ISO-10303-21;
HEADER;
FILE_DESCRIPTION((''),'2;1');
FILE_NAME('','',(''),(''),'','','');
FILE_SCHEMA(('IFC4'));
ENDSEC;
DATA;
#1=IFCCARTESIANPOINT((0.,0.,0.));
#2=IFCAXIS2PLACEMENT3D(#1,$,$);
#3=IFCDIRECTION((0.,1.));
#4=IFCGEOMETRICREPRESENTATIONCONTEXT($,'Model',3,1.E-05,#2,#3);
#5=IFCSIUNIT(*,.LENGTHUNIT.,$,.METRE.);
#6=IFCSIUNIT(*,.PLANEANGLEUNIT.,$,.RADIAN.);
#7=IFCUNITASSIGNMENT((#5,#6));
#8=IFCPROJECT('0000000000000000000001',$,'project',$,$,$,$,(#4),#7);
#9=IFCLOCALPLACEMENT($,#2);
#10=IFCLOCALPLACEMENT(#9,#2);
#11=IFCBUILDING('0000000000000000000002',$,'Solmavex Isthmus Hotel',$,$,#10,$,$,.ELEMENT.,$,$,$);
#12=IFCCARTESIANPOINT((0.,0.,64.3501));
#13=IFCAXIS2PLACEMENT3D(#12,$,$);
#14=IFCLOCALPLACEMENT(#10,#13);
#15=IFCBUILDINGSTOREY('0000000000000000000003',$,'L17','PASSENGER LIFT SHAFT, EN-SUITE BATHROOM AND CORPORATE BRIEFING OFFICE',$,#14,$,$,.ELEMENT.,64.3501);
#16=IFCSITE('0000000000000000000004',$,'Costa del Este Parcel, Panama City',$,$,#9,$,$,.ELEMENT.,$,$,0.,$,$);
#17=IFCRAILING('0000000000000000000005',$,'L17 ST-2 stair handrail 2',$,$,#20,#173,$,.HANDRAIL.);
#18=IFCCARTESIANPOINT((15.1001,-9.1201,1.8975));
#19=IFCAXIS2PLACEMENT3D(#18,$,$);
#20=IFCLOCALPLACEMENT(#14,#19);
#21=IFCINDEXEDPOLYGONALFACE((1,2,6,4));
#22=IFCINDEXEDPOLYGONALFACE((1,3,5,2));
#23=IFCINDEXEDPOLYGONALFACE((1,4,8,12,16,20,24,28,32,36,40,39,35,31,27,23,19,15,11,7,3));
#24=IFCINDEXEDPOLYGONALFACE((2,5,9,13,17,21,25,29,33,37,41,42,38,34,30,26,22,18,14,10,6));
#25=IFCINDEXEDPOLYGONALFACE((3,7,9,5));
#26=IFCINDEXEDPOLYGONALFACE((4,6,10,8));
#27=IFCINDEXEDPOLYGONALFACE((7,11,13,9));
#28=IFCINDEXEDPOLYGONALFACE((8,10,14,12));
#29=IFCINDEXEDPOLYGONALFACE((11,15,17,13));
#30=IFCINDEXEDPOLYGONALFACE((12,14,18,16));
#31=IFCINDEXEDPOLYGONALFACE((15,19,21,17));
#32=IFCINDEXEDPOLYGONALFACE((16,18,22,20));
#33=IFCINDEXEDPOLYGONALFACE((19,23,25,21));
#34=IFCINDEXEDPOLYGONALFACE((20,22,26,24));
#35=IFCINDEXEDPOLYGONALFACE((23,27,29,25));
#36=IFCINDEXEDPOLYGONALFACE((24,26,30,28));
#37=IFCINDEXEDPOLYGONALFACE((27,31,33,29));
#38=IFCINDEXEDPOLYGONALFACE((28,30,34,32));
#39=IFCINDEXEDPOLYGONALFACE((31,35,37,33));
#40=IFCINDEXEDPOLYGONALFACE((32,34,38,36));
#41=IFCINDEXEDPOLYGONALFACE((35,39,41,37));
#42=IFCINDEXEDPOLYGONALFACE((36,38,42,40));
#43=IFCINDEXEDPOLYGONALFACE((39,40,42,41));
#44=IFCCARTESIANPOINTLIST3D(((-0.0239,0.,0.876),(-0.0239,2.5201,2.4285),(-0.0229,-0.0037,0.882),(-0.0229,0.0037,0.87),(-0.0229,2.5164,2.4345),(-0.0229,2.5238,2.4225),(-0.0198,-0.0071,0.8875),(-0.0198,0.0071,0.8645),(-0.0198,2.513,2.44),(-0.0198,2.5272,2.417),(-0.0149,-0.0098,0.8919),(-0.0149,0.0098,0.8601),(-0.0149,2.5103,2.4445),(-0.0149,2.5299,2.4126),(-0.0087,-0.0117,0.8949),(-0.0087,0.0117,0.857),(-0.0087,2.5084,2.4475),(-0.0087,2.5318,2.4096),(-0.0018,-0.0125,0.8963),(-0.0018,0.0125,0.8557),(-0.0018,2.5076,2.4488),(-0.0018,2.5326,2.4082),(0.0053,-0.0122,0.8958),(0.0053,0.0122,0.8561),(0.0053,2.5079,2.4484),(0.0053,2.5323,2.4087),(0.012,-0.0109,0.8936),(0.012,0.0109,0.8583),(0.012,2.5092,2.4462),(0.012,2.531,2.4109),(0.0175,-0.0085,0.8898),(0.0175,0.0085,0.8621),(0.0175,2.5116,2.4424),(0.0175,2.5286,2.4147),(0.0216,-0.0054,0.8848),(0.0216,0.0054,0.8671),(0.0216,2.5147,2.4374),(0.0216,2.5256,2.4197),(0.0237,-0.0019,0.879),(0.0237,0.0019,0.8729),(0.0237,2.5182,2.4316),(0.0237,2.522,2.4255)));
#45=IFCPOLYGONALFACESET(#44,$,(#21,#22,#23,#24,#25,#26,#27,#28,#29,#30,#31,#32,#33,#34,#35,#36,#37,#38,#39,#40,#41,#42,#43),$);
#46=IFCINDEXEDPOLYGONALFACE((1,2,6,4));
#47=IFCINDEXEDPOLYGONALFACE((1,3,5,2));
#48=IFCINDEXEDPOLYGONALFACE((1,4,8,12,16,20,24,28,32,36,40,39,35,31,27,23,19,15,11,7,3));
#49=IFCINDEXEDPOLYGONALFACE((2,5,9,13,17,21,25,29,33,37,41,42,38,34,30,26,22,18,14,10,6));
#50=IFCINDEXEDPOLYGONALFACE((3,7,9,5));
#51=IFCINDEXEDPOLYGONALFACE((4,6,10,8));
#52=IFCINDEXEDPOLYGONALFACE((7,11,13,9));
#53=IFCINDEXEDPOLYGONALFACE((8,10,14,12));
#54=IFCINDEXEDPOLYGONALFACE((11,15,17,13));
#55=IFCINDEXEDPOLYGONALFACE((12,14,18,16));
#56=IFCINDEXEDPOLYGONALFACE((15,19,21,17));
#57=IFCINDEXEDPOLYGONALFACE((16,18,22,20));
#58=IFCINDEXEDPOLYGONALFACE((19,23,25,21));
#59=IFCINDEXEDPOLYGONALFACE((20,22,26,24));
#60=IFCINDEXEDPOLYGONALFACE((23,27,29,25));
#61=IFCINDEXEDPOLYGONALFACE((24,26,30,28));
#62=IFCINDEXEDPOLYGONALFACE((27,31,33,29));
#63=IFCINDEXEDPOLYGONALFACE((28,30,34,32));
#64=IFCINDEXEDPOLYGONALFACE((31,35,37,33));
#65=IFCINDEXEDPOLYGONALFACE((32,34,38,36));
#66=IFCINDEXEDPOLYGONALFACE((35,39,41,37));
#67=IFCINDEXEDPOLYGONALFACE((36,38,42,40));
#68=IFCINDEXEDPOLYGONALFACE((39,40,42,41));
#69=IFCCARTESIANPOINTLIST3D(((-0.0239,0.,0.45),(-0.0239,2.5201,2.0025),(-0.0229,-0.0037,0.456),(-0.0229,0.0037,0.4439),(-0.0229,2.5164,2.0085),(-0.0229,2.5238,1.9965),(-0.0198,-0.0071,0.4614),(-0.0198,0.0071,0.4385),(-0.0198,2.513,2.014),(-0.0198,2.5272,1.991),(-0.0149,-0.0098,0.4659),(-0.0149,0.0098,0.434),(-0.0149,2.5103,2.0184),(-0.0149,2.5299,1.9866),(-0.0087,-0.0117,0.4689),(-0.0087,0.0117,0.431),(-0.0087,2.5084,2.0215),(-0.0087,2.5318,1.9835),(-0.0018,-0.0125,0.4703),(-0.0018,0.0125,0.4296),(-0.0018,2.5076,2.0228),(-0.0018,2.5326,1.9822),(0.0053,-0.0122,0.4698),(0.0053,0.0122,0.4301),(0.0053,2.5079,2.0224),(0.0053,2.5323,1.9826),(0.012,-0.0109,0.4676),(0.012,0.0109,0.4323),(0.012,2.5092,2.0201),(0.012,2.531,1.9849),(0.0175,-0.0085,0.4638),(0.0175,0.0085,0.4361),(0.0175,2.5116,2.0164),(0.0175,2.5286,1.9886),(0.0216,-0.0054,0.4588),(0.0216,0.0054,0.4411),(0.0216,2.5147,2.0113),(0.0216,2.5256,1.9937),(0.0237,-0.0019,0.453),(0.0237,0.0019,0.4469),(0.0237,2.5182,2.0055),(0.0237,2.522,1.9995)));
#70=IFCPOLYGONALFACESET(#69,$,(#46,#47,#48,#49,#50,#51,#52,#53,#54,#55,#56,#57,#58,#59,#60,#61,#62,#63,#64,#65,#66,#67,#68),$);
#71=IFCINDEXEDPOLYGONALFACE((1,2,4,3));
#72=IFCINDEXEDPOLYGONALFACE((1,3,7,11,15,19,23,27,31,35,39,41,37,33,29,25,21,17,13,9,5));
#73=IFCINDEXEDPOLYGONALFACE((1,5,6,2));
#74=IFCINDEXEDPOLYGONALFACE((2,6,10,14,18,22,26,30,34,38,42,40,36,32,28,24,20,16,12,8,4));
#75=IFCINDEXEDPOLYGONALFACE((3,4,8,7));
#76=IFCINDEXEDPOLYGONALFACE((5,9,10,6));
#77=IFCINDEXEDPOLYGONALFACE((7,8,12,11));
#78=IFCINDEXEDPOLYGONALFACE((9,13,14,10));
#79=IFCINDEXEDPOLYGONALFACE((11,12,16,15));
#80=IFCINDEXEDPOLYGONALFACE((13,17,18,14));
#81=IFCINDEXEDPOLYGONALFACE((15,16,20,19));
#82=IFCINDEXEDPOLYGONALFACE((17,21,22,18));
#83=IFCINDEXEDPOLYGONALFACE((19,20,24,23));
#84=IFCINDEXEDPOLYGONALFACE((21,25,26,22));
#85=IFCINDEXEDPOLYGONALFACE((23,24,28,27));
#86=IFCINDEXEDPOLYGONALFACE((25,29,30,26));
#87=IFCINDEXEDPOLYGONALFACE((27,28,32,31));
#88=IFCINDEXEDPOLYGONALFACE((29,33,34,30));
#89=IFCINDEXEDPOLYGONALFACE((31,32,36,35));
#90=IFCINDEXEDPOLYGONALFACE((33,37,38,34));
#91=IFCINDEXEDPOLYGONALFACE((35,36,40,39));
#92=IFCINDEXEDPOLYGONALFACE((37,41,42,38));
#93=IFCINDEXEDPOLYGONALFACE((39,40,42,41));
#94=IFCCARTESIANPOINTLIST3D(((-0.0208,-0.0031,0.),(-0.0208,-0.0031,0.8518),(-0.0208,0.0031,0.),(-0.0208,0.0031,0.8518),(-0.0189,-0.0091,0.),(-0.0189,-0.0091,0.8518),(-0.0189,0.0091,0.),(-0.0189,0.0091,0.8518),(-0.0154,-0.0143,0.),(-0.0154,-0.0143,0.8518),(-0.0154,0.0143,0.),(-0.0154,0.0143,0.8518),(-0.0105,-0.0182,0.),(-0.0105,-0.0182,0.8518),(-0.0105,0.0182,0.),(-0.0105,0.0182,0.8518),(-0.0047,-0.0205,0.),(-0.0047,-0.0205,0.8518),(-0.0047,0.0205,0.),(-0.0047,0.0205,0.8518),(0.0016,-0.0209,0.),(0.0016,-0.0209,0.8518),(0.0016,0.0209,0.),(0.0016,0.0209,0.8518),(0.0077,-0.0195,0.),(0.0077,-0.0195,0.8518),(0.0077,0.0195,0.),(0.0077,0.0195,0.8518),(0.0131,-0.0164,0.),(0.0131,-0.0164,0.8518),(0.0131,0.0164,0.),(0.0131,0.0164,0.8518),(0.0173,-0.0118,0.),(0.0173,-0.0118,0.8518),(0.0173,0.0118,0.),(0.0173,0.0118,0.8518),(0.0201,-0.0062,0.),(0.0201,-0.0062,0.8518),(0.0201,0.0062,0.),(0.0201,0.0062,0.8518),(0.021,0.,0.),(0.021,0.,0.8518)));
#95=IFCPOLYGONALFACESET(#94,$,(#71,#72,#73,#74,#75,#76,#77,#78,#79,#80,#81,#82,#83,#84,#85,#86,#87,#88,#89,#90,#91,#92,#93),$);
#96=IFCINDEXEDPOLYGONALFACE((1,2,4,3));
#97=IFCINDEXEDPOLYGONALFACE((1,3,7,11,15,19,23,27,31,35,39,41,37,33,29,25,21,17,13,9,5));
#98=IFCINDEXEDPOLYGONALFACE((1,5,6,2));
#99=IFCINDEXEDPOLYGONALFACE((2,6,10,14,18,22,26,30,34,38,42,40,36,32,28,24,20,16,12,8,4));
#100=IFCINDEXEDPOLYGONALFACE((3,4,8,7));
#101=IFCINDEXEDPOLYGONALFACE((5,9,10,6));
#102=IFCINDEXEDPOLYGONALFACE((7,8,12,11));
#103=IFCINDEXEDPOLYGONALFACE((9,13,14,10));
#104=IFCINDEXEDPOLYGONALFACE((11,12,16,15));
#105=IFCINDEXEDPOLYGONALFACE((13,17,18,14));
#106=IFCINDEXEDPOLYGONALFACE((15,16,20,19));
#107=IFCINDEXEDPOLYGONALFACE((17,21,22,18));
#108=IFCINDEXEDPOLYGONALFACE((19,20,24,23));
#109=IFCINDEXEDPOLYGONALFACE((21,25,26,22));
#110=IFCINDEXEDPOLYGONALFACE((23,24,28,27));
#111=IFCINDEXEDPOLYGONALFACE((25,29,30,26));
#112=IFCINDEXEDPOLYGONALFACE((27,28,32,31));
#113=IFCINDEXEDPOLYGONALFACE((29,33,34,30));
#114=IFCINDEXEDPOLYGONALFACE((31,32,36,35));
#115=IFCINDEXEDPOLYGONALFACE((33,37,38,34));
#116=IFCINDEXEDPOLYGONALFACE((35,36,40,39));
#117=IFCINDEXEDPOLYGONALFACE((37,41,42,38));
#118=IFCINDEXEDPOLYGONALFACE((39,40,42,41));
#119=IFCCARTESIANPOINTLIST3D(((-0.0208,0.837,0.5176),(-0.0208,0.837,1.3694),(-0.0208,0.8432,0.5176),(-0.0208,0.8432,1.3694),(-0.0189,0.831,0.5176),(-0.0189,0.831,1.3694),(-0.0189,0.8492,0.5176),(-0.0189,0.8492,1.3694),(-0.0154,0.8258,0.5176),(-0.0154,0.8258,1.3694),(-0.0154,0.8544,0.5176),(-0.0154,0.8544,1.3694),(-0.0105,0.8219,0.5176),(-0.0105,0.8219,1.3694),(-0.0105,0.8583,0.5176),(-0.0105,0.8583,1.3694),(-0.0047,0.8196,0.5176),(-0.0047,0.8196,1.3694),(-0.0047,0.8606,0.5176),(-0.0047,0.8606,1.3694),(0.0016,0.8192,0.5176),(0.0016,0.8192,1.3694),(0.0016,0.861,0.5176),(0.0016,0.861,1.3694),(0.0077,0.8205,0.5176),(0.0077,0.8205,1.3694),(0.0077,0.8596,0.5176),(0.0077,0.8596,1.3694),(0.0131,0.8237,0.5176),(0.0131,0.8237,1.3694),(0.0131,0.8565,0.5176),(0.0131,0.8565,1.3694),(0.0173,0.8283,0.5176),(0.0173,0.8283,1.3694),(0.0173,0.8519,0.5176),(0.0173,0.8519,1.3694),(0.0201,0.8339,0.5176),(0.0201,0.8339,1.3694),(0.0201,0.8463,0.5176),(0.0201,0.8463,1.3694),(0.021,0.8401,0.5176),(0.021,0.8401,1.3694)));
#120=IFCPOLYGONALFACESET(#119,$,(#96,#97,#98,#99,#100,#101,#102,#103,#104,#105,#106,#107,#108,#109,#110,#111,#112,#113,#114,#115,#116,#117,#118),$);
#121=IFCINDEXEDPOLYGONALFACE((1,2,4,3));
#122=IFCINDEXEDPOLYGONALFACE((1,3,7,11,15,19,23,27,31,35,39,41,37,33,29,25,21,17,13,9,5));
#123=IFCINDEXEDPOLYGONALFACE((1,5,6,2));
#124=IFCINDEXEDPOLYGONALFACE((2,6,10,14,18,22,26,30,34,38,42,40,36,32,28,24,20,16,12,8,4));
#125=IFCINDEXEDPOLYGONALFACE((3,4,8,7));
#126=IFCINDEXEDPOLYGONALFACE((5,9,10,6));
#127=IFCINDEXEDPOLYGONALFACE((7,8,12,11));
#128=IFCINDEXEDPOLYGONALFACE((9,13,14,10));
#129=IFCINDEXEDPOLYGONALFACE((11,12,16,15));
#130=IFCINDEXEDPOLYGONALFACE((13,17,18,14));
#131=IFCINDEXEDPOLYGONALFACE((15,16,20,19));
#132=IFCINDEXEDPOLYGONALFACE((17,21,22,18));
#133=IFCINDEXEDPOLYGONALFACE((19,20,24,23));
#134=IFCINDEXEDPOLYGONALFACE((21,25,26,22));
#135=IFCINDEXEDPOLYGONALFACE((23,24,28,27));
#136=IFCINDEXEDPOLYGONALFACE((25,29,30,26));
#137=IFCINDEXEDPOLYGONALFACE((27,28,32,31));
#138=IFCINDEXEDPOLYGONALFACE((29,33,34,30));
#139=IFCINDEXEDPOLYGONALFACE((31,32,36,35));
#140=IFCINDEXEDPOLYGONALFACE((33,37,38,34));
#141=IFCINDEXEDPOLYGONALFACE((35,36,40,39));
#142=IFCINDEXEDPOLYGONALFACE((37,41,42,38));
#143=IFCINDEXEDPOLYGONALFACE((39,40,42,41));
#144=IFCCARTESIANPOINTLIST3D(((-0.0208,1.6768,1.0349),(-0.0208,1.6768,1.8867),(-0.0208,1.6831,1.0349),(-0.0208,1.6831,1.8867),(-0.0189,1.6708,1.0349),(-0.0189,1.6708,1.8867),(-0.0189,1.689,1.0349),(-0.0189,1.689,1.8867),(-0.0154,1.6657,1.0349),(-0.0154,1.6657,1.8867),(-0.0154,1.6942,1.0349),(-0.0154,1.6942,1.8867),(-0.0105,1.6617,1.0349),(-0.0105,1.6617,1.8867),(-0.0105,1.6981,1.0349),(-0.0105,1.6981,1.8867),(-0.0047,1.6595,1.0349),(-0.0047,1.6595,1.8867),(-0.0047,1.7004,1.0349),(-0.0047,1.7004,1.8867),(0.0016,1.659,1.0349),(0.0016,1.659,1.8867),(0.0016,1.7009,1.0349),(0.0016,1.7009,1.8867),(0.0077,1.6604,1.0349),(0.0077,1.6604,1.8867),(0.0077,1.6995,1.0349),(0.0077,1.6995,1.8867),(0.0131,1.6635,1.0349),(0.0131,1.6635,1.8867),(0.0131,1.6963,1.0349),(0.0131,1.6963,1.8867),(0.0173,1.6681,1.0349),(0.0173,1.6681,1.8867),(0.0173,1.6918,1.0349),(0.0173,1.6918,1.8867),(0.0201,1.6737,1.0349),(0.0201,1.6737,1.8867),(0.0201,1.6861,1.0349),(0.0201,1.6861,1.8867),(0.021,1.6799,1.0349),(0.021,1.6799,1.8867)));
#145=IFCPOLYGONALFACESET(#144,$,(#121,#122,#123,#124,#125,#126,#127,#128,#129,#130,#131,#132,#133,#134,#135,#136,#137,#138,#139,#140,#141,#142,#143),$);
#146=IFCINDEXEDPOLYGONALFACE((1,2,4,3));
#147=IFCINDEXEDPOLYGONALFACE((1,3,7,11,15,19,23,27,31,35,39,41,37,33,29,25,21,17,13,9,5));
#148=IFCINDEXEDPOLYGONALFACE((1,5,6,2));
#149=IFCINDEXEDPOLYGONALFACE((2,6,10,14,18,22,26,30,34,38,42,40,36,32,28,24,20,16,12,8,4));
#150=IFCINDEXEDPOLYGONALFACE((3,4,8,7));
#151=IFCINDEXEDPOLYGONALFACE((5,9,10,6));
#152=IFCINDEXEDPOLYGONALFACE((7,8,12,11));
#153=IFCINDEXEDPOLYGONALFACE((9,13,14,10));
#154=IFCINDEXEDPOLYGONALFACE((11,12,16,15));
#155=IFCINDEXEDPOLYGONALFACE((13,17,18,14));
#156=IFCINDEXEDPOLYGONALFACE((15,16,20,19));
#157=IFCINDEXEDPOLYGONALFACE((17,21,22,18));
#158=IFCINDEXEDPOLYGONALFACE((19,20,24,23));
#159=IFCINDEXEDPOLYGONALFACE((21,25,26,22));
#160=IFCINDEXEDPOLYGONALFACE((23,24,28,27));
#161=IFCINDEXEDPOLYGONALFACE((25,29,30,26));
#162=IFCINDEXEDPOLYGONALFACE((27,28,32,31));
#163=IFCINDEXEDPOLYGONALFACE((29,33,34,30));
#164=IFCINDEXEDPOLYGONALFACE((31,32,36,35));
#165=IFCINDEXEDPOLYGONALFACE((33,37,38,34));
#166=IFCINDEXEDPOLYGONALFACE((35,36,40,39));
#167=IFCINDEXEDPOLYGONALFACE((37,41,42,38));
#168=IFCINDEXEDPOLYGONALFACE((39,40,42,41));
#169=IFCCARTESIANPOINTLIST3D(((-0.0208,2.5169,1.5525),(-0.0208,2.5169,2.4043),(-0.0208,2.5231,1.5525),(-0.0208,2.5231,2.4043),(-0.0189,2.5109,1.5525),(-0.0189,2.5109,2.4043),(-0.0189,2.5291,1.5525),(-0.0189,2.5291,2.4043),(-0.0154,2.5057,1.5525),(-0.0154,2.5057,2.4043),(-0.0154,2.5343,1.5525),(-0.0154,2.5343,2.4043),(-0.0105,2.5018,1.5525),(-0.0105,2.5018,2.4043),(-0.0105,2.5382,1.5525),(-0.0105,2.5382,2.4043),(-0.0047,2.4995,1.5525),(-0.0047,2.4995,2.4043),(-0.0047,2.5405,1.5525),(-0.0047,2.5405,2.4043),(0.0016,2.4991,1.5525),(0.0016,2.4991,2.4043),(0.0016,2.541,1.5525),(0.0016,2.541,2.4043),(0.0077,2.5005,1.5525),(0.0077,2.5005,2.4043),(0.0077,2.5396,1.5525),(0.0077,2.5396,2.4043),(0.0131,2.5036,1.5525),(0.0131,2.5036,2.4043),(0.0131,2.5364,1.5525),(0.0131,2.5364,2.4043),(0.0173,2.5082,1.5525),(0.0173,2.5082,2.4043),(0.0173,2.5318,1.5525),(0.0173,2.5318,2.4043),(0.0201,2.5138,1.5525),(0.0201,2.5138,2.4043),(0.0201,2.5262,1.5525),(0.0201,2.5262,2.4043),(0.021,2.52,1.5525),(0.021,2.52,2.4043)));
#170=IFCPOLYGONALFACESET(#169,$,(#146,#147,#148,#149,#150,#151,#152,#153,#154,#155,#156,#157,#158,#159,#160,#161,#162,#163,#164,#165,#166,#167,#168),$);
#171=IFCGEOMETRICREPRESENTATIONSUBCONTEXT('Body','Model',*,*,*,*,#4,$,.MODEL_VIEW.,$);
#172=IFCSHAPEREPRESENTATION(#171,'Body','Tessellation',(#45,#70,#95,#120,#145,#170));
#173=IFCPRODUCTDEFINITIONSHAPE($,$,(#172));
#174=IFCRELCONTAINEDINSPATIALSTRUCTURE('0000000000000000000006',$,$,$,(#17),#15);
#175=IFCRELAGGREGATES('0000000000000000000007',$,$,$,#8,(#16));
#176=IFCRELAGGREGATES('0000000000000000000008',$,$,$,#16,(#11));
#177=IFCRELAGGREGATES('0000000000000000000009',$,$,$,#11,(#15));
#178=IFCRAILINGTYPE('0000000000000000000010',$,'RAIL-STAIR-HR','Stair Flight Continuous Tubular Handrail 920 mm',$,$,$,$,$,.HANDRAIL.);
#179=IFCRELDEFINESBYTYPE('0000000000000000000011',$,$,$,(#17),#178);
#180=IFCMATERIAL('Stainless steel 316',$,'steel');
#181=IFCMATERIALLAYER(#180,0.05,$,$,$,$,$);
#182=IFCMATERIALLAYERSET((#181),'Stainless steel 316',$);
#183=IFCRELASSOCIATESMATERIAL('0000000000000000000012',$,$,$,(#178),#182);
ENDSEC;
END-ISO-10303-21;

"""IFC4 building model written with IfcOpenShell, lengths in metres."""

from ifc_helpers import new_model, si_unit, direction, frame, origin, origin_2d, place, context, subcontext, project, spatial, circle, extrude, material, layer, layer_set, type_object, element, save


model = new_model("IFC4")

# Units and contexts
model_context = context("Model", 3, precision=1e-05, world=origin(), true_north=direction((0.0, 1.0)))
body_context = subcontext(model_context, "Body", "Model", "MODEL_VIEW")
ifc_project = project(units=[si_unit("LENGTHUNIT", "METRE"), si_unit("PLANEANGLEUNIT", "RADIAN")], contexts=[model_context])

# Site, building, storey
site_placement = place(None, origin())
site = spatial("IfcSite", under=ifc_project, at=site_placement, Name="Costa del Este Parcel, Panama City", CompositionType="ELEMENT", RefElevation=0.0)
building_placement = place(site_placement, origin())
building = spatial("IfcBuilding", under=site, at=building_placement, Name="Solmavex Isthmus Hotel", CompositionType="ELEMENT")
storey_placement = place(building_placement, frame((0.0, 0.0, 64.3501)))
storey = spatial("IfcBuildingStorey", under=building, at=storey_placement, Name="L17", Description="PASSENGER LIFT SHAFT, EN-SUITE BATHROOM AND CORPORATE BRIEFING OFFICE", CompositionType="ELEMENT", Elevation=64.3501)

# Railing
ifc_material_1 = material(Name="Stainless steel 316", Category="steel")
ifc_layer_1 = layer(ifc_material_1, 0.05)
ifc_layer_set_1 = layer_set([ifc_layer_1], Name="Stainless steel 316")
railing_type_1 = type_object("IfcRailingType", Name="RAIL-STAIR-HR", Description="Stair Flight Continuous Tubular Handrail 920 mm", PredefinedType="HANDRAIL", material=ifc_layer_set_1)
railing_1_placement = place(storey_placement, frame((15.1001, -9.1201, 1.8975)))
element("IfcRailing", 1, at=railing_1_placement, inside=storey, type_object=railing_type_1, Name="L17 ST-2 stair handrail 2", PredefinedType="HANDRAIL", context=body_context, shape_type="SweptSolid", body=[
    extrude(circle(Radius=0.0239, at=origin_2d()), frame((0.0, 0.0, 0.876), z_axis=(0.0, 0.8514, 0.524516), x_axis=(-1.0, 0.0, 0.0)), (0.0, 0.0, 1.0), 2.96),
    extrude(circle(Radius=0.0239, at=origin_2d()), frame((0.0, 0.0, 0.45), z_axis=(0.0, 0.8514, 0.524516), x_axis=(-1.0, 0.0, 0.0)), (0.0, 0.0, 1.0), 2.96),
    extrude(circle(Radius=0.021, at=origin_2d()), origin(), (0.0, 0.0, 1.0), 0.8518),
    extrude(circle(Radius=0.021, at=origin_2d()), frame((0.0, 0.8401, 0.5176)), (0.0, 0.0, 1.0), 0.8518),
    extrude(circle(Radius=0.021, at=origin_2d()), frame((0.0, 1.6799, 1.0349)), (0.0, 0.0, 1.0), 0.8518),
    extrude(circle(Radius=0.021, at=origin_2d()), frame((0.0, 2.52, 1.5525)), (0.0, 0.0, 1.0), 0.8518),
])

save(model, "model.ifc")
